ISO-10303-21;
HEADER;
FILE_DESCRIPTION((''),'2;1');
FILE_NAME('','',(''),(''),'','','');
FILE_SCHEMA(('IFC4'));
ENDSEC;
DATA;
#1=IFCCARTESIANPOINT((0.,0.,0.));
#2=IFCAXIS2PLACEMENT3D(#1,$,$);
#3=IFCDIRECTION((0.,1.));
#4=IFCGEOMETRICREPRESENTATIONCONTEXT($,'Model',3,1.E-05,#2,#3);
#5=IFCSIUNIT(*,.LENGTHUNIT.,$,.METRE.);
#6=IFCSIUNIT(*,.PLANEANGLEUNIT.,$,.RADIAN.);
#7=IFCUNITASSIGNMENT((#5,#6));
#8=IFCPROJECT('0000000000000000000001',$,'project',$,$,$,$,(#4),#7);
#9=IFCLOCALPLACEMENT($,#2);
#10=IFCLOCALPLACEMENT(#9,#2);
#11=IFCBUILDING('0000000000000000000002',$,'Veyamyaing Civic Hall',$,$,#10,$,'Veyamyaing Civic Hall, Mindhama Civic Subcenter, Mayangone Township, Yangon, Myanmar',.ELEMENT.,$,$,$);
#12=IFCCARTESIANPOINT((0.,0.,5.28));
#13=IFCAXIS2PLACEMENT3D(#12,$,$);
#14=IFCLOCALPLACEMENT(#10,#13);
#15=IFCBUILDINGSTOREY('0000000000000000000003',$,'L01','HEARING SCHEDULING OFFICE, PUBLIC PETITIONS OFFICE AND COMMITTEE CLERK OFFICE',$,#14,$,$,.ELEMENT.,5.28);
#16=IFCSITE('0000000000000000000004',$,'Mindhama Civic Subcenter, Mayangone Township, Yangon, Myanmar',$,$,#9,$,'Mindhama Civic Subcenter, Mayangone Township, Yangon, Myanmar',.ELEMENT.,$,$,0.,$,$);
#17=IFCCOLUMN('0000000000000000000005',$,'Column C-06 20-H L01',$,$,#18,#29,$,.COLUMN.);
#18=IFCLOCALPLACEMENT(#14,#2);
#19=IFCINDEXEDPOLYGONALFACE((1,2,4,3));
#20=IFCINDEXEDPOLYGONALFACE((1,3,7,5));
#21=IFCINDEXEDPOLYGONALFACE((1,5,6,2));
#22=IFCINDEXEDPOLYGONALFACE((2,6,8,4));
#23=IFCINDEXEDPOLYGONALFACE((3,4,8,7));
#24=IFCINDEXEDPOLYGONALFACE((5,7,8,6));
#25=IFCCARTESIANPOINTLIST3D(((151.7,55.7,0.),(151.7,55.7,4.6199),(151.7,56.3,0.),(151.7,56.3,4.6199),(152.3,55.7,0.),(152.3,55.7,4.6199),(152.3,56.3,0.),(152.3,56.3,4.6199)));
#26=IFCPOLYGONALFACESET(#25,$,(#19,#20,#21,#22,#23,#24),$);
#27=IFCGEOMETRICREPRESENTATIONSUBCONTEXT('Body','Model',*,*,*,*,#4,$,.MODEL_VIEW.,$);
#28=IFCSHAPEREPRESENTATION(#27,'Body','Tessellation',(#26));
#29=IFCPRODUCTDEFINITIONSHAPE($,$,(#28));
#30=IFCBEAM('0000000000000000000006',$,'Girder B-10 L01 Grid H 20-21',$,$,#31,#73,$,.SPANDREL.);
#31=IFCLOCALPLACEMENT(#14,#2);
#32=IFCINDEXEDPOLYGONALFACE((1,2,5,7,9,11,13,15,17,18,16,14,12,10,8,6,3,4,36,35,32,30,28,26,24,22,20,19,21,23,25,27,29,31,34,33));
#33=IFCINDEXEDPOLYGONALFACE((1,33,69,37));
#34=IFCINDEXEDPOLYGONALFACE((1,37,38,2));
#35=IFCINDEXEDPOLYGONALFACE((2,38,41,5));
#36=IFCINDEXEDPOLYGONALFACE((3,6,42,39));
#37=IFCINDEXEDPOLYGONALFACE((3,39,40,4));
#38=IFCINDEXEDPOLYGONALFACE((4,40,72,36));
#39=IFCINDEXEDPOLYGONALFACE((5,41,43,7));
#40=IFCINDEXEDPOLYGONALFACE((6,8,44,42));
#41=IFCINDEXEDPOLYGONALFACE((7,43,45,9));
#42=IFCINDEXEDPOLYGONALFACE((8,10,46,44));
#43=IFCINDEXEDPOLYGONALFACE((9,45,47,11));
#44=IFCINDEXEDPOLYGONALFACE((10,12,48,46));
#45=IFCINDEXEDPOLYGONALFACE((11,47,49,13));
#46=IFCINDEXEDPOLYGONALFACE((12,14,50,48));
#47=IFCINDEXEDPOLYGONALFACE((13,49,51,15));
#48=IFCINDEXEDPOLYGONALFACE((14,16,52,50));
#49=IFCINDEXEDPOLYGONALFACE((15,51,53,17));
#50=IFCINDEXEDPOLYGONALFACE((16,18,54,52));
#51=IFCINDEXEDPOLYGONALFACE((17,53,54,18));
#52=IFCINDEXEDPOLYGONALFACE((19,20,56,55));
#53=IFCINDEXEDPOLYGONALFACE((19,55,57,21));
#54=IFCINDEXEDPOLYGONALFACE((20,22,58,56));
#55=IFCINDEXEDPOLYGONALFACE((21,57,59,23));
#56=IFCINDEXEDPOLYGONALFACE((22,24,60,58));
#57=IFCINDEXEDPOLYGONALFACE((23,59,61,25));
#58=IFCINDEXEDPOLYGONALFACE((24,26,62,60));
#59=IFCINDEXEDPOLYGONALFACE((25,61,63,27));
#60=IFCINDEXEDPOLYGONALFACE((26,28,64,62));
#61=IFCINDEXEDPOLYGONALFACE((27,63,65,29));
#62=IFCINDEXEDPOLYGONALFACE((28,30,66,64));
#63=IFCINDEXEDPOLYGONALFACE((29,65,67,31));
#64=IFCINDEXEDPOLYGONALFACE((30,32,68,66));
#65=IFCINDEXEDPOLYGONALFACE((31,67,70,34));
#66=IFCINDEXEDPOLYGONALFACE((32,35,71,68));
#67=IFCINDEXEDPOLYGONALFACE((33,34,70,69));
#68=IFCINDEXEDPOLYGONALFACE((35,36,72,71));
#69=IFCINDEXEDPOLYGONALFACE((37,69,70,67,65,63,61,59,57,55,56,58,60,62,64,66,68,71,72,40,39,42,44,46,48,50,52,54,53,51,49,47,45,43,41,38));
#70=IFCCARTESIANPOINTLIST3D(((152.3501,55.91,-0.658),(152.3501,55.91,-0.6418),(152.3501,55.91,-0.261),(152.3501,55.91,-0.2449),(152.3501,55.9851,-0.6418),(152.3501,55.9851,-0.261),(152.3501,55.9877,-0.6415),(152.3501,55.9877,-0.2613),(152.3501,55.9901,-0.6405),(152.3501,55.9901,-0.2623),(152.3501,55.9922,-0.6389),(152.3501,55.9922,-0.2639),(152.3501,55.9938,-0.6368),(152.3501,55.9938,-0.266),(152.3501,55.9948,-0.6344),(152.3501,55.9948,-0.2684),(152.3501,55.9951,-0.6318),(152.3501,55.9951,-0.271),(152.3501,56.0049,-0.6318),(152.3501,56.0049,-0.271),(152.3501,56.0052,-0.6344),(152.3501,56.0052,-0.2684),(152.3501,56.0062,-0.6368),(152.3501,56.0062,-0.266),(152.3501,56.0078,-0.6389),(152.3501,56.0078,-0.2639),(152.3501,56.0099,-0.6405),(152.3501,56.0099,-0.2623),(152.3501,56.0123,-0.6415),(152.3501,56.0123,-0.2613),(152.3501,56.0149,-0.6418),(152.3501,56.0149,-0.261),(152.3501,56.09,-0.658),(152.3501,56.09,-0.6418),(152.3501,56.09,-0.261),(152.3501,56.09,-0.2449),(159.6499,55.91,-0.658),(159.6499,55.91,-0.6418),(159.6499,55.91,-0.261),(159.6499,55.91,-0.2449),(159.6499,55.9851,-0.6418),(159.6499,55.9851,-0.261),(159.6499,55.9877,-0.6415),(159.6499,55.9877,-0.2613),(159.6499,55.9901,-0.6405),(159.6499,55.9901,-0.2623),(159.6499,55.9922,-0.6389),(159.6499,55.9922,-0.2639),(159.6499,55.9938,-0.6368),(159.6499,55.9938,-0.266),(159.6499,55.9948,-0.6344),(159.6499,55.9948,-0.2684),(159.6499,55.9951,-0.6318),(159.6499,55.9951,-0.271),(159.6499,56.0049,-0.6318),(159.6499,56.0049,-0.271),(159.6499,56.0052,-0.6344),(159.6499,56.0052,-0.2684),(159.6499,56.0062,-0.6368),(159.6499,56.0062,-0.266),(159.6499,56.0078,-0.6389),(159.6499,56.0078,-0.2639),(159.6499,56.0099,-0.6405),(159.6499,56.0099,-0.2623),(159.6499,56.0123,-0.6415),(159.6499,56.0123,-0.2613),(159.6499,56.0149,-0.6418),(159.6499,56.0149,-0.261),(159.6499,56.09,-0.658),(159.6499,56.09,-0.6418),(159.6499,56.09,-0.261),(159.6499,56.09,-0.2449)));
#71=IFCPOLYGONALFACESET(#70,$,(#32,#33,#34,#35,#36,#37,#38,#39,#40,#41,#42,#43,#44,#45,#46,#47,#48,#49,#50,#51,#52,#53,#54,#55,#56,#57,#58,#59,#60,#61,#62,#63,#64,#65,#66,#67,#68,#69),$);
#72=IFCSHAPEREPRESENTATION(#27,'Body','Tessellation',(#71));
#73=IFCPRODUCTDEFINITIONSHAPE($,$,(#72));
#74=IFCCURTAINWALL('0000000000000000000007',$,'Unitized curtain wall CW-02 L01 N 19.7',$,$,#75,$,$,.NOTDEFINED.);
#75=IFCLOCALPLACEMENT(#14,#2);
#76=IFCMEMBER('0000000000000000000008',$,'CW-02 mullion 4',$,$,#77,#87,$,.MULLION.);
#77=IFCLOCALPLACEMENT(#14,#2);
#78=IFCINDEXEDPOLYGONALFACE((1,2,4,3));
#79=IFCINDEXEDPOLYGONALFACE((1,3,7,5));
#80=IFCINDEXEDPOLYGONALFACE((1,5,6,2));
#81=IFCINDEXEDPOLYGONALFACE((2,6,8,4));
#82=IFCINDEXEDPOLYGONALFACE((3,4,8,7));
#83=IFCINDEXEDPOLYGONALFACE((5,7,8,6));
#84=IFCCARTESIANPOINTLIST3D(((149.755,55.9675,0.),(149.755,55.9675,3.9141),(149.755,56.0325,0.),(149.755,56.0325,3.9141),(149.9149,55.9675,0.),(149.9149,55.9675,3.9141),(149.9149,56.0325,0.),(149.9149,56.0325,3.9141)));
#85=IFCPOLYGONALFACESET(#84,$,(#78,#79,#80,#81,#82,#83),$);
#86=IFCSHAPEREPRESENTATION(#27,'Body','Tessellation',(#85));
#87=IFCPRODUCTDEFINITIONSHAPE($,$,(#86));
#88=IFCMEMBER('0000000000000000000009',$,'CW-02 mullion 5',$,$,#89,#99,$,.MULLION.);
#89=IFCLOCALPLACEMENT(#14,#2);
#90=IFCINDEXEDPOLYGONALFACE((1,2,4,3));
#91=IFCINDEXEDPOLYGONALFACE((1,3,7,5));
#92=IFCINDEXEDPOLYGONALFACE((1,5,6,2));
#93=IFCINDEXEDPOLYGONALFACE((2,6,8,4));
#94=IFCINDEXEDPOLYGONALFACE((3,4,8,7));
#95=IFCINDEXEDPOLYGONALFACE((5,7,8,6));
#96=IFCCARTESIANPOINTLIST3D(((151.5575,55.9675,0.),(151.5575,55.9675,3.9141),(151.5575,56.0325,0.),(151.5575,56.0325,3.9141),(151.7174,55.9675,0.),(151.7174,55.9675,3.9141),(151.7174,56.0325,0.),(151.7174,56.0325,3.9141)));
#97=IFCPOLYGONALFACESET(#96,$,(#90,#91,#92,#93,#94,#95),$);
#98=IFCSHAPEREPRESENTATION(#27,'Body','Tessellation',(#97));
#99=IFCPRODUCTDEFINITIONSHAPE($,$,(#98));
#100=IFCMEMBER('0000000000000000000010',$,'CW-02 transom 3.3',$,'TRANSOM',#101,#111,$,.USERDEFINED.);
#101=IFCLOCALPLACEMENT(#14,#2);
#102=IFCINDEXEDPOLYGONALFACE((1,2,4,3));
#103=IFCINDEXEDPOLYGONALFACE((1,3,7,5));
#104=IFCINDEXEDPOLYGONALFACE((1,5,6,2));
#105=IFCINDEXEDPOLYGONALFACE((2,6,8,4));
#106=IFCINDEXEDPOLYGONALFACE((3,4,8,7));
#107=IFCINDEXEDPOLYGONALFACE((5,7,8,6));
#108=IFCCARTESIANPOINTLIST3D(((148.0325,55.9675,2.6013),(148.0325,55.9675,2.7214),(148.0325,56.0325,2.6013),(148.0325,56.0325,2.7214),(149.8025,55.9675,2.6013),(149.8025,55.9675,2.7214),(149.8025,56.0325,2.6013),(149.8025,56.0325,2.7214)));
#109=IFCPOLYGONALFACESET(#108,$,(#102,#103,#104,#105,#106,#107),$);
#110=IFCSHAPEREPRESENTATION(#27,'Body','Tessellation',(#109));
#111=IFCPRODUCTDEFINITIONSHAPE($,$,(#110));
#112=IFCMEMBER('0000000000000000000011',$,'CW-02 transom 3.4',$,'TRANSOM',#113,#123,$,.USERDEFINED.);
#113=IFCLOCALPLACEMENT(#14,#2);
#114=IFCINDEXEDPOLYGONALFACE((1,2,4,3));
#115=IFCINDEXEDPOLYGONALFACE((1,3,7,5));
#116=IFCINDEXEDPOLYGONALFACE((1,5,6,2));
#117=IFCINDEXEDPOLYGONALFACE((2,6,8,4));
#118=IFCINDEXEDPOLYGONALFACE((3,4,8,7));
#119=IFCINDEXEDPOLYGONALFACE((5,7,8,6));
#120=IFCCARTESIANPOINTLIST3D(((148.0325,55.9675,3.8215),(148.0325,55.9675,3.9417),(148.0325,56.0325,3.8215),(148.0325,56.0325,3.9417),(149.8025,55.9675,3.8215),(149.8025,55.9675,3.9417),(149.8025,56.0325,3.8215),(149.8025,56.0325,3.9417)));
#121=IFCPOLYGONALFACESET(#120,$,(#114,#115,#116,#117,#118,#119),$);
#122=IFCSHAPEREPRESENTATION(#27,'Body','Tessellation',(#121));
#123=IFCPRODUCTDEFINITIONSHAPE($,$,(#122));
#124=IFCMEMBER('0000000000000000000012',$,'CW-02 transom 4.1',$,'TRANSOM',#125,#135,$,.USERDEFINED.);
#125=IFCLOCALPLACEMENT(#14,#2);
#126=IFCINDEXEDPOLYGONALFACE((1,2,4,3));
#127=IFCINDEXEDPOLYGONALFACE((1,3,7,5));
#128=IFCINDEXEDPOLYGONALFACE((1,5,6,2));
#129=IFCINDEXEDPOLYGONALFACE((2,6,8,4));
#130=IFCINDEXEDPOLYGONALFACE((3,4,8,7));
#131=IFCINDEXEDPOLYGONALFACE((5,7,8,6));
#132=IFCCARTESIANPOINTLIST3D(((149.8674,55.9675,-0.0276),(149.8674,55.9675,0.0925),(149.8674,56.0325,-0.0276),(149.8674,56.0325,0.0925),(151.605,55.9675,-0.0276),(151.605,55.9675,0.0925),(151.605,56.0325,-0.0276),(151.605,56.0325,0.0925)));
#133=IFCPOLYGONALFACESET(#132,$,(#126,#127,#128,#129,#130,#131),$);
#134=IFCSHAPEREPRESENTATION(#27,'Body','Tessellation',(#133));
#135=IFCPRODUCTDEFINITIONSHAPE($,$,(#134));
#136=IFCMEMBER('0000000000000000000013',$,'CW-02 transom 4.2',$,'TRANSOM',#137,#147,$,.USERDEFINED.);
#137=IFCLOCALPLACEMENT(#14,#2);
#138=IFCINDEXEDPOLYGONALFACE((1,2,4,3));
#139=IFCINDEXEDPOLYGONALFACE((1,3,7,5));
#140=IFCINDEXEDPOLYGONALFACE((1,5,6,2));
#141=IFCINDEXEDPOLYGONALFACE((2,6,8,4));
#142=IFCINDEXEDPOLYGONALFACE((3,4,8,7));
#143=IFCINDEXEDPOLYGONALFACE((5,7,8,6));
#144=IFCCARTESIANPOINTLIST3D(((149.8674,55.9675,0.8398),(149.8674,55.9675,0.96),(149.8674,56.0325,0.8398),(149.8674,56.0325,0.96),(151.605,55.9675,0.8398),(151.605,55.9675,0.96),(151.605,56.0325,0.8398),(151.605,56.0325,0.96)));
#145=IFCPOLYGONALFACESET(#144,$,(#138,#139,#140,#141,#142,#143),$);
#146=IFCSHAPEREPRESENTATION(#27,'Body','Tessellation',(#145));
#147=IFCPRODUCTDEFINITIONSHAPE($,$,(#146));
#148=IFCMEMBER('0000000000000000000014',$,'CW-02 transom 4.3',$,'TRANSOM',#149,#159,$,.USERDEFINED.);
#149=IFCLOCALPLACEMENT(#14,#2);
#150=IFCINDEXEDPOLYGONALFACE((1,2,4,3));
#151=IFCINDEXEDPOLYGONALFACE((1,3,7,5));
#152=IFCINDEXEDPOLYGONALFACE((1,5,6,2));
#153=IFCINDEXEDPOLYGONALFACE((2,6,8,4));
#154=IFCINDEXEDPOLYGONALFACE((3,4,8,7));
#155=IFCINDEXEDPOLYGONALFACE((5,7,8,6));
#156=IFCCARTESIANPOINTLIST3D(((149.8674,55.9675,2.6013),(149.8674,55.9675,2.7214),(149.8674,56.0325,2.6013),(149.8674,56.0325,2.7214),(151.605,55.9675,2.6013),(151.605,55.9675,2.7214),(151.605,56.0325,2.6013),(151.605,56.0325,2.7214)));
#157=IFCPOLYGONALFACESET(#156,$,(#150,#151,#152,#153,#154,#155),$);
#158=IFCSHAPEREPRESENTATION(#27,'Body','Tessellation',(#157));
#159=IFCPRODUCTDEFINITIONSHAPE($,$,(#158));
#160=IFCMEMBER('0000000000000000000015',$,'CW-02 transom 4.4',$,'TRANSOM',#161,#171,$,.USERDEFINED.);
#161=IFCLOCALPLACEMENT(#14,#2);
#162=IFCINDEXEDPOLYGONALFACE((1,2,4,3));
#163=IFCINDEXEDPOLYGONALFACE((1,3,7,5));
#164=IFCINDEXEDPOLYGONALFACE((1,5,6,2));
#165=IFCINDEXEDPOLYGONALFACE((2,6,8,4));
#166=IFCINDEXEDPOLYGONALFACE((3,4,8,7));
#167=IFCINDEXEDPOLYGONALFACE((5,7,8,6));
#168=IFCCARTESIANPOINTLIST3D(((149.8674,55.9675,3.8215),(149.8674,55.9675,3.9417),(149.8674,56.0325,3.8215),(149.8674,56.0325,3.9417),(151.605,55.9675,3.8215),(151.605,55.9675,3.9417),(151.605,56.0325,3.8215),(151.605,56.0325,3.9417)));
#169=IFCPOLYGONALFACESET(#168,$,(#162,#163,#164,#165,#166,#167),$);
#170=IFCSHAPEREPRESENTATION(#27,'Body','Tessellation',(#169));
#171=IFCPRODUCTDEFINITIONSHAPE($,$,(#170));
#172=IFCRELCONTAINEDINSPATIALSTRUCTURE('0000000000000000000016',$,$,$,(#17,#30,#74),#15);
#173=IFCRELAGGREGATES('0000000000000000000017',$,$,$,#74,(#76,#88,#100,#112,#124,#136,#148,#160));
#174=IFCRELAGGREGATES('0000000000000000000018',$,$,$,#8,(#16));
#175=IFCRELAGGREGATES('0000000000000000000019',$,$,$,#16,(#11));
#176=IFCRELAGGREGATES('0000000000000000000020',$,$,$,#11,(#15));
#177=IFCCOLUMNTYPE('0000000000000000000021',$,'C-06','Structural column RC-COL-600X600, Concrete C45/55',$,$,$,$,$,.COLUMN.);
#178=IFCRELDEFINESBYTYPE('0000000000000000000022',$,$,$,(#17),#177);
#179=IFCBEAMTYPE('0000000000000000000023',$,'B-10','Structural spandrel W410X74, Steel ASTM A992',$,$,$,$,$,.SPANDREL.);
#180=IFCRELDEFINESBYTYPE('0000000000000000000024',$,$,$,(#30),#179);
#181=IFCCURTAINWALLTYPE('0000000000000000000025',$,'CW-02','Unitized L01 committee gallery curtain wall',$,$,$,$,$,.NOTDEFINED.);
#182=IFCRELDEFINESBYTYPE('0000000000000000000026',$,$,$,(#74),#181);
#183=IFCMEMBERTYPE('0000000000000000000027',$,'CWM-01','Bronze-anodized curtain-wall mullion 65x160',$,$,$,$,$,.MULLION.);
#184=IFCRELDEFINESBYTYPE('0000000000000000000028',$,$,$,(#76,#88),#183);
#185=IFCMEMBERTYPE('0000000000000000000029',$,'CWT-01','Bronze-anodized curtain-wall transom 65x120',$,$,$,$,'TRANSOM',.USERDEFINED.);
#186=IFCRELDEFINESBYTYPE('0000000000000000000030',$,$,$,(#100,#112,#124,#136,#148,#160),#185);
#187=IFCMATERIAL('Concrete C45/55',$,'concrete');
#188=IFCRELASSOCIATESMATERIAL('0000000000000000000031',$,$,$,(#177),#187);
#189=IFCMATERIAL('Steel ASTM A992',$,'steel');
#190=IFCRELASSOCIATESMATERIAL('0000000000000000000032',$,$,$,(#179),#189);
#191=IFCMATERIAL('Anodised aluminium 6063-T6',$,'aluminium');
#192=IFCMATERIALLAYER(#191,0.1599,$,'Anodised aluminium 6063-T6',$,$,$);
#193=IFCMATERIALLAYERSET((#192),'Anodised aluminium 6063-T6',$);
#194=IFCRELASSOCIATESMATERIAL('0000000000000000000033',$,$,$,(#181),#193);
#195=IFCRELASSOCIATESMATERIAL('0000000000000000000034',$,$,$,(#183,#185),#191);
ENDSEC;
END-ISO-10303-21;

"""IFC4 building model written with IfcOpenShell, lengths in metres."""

from ifc_helpers import new_model, si_unit, direction, frame, origin, origin_2d, place, context, subcontext, project, spatial, rectangle, i_section, extrude, material, layer, layer_set, material_profile, profile_set, type_object, element, aggregate, save


model = new_model("IFC4")

# Units and contexts
model_context = context("Model", 3, precision=1e-05, world=origin(), true_north=direction((0.0, 1.0)))
body_context = subcontext(model_context, "Body", "Model", "MODEL_VIEW")
ifc_project = project(units=[si_unit("LENGTHUNIT", "METRE"), si_unit("PLANEANGLEUNIT", "RADIAN")], contexts=[model_context])

# Site, building, storey
site_placement = place(None, origin())
site = spatial("IfcSite", under=ifc_project, at=site_placement, Name="Mindhama Civic Subcenter, Mayangone Township, Yangon, Myanmar", LongName="Mindhama Civic Subcenter, Mayangone Township, Yangon, Myanmar", CompositionType="ELEMENT", RefElevation=0.0)
building_placement = place(site_placement, origin())
building = spatial("IfcBuilding", under=site, at=building_placement, Name="Veyamyaing Civic Hall", LongName="Veyamyaing Civic Hall, Mindhama Civic Subcenter, Mayangone Township, Yangon, Myanmar", CompositionType="ELEMENT")
storey_placement = place(building_placement, frame((0.0, 0.0, 5.28)))
storey = spatial("IfcBuildingStorey", under=building, at=storey_placement, Name="L01", Description="HEARING SCHEDULING OFFICE, PUBLIC PETITIONS OFFICE AND COMMITTEE CLERK OFFICE", CompositionType="ELEMENT", Elevation=5.28)

# Column
ifc_material_1 = material(Name="Concrete C45/55", Category="concrete")
ifc_material_profile_1 = material_profile(ifc_material_1, rectangle(XDim=0.6001, YDim=0.6001, at=origin_2d()), Name="RC-COL-600X600")
ifc_profile_set_1 = profile_set([ifc_material_profile_1], Name="Concrete C45/55")
column_type = type_object("IfcColumnType", Name="C-06", Description="Structural column RC-COL-600X600, Concrete C45/55", PredefinedType="COLUMN", material=ifc_profile_set_1)
column_placement = place(storey_placement, frame((152.0, 56.0, 0.0), z_axis=(0.0, 0.0, 1.0), x_axis=(1.0, 0.0, 0.0)))
element("IfcColumn", 1, at=column_placement, inside=storey, type_object=column_type, Name="Column C-06 20-H L01", PredefinedType="COLUMN", context=body_context, shape_type="SweptSolid", body=[
    extrude(rectangle(XDim=0.6001, YDim=0.6001, at=origin_2d()), origin(), (0.0, 0.0, 1.0), 4.6199),
])

# Beam
ifc_material_2 = material(Name="Steel ASTM A992", Category="steel")
ifc_material_profile_2 = material_profile(ifc_material_2, i_section(OverallWidth=0.1799, OverallDepth=0.4131, WebThickness=0.0098, FlangeThickness=0.0161, FilletRadius=0.01, at=origin_2d()), Name="W410X74")
ifc_profile_set_2 = profile_set([ifc_material_profile_2], Name="Steel ASTM A992")
beam_type_1 = type_object("IfcBeamType", Name="B-10", Description="Structural spandrel W410X74, Steel ASTM A992", PredefinedType="SPANDREL", material=ifc_profile_set_2)
beam_placement = place(storey_placement, frame((152.3501, 56.0, -0.4514), z_axis=(1.0, 0.0, 0.0), x_axis=(0.0, 1.0, 0.0)))
element("IfcBeam", 2, at=beam_placement, inside=storey, type_object=beam_type_1, Name="Girder B-10 L01 Grid H 20-21", PredefinedType="SPANDREL", context=body_context, shape_type="SweptSolid", body=[
    extrude(i_section(OverallWidth=0.1799, OverallDepth=0.4131, WebThickness=0.0098, FlangeThickness=0.0161, FilletRadius=0.01, at=origin_2d()), origin(), (0.0, 0.0, 1.0), 7.2998),
])

# Curtain wall, members
ifc_material_3 = material(Name="Anodised aluminium 6063-T6", Category="aluminium")
ifc_layer_1 = layer(ifc_material_3, 0.1599, Name="Anodised aluminium 6063-T6")
ifc_layer_set_1 = layer_set([ifc_layer_1], Name="Anodised aluminium 6063-T6")
curtain_wall_type = type_object("IfcCurtainWallType", Name="CW-02", Description="Unitized L01 committee gallery curtain wall", PredefinedType="NOTDEFINED", material=ifc_layer_set_1)
curtain_wall_placement = place(storey_placement, origin())
curtain_wall = element("IfcCurtainWall", 3, at=curtain_wall_placement, inside=storey, type_object=curtain_wall_type, Name="Unitized curtain wall CW-02 L01 N 19.7", PredefinedType="NOTDEFINED")
ifc_material_profile_3 = material_profile(ifc_material_3, rectangle(XDim=0.0649, YDim=0.1599, at=origin_2d()), Name="ALU-MUL-65X160")
ifc_profile_set_3 = profile_set([ifc_material_profile_3], Name="Anodised aluminium 6063-T6")
member_type_1 = type_object("IfcMemberType", Name="CWM-01", Description="Bronze-anodized curtain-wall mullion 65x160", PredefinedType="MULLION", material=ifc_profile_set_3)
member_1_placement = place(storey_placement, frame((149.835, 56.0, 0.0), z_axis=(0.0, 0.0, 1.0), x_axis=(0.0, 1.0, 0.0)))
member_1 = element("IfcMember", 4, at=member_1_placement, type_object=member_type_1, Name="CW-02 mullion 4", PredefinedType="MULLION", context=body_context, shape_type="SweptSolid", body=[
    extrude(rectangle(XDim=0.0649, YDim=0.1599, at=origin_2d()), origin(), (0.0, 0.0, 1.0), 3.9141),
])
member_2_placement = place(storey_placement, frame((151.6375, 56.0, 0.0), z_axis=(0.0, 0.0, 1.0), x_axis=(0.0, 1.0, 0.0)))
member_2 = element("IfcMember", 5, at=member_2_placement, type_object=member_type_1, Name="CW-02 mullion 5", PredefinedType="MULLION", context=body_context, shape_type="SweptSolid", body=[
    extrude(rectangle(XDim=0.0649, YDim=0.1599, at=origin_2d()), origin(), (0.0, 0.0, 1.0), 3.9141),
])
ifc_material_profile_4 = material_profile(ifc_material_3, rectangle(XDim=0.0649, YDim=0.1201, at=origin_2d()), Name="ALU-TRN-65X120")
ifc_profile_set_4 = profile_set([ifc_material_profile_4], Name="Anodised aluminium 6063-T6")
member_type_2 = type_object("IfcMemberType", Name="CWT-01", Description="Bronze-anodized curtain-wall transom 65x120", ElementType="TRANSOM", PredefinedType="USERDEFINED", material=ifc_profile_set_4)
member_3_placement = place(storey_placement, frame((148.0325, 56.0, 2.6614), z_axis=(1.0, 0.0, 0.0), x_axis=(0.0, 1.0, 0.0)))
member_3 = element("IfcMember", 6, at=member_3_placement, type_object=member_type_2, Name="CW-02 transom 3.3", ObjectType="TRANSOM", PredefinedType="USERDEFINED", context=body_context, shape_type="SweptSolid", body=[
    extrude(rectangle(XDim=0.0649, YDim=0.1201, at=origin_2d()), origin(), (0.0, 0.0, 1.0), 1.77),
])
member_4_placement = place(storey_placement, frame((148.0325, 56.0, 3.8816), z_axis=(1.0, 0.0, 0.0), x_axis=(0.0, 1.0, 0.0)))
member_4 = element("IfcMember", 7, at=member_4_placement, type_object=member_type_2, Name="CW-02 transom 3.4", ObjectType="TRANSOM", PredefinedType="USERDEFINED", context=body_context, shape_type="SweptSolid", body=[
    extrude(rectangle(XDim=0.0649, YDim=0.1201, at=origin_2d()), origin(), (0.0, 0.0, 1.0), 1.77),
])
member_5_placement = place(storey_placement, frame((149.8674, 56.0, 0.0325), z_axis=(1.0, 0.0, 0.0), x_axis=(0.0, 1.0, 0.0)))
member_5 = element("IfcMember", 8, at=member_5_placement, type_object=member_type_2, Name="CW-02 transom 4.1", ObjectType="TRANSOM", PredefinedType="USERDEFINED", context=body_context, shape_type="SweptSolid", body=[
    extrude(rectangle(XDim=0.0649, YDim=0.1201, at=origin_2d()), origin(), (0.0, 0.0, 1.0), 1.7375),
])
member_6_placement = place(storey_placement, frame((149.8674, 56.0, 0.8999), z_axis=(1.0, 0.0, 0.0), x_axis=(0.0, 1.0, 0.0)))
member_6 = element("IfcMember", 9, at=member_6_placement, type_object=member_type_2, Name="CW-02 transom 4.2", ObjectType="TRANSOM", PredefinedType="USERDEFINED", context=body_context, shape_type="SweptSolid", body=[
    extrude(rectangle(XDim=0.0649, YDim=0.1201, at=origin_2d()), origin(), (0.0, 0.0, 1.0), 1.7375),
])
member_7_placement = place(storey_placement, frame((149.8674, 56.0, 2.6614), z_axis=(1.0, 0.0, 0.0), x_axis=(0.0, 1.0, 0.0)))
member_7 = element("IfcMember", 10, at=member_7_placement, type_object=member_type_2, Name="CW-02 transom 4.3", ObjectType="TRANSOM", PredefinedType="USERDEFINED", context=body_context, shape_type="SweptSolid", body=[
    extrude(rectangle(XDim=0.0649, YDim=0.1201, at=origin_2d()), origin(), (0.0, 0.0, 1.0), 1.7375),
])
member_8_placement = place(storey_placement, frame((149.8674, 56.0, 3.8816), z_axis=(1.0, 0.0, 0.0), x_axis=(0.0, 1.0, 0.0)))
member_8 = element("IfcMember", 11, at=member_8_placement, type_object=member_type_2, Name="CW-02 transom 4.4", ObjectType="TRANSOM", PredefinedType="USERDEFINED", context=body_context, shape_type="SweptSolid", body=[
    extrude(rectangle(XDim=0.0649, YDim=0.1201, at=origin_2d()), origin(), (0.0, 0.0, 1.0), 1.7375),
])

aggregate(curtain_wall, [member_1, member_2, member_3, member_4, member_5, member_6, member_7, member_8])

save(model, "model.ifc")
